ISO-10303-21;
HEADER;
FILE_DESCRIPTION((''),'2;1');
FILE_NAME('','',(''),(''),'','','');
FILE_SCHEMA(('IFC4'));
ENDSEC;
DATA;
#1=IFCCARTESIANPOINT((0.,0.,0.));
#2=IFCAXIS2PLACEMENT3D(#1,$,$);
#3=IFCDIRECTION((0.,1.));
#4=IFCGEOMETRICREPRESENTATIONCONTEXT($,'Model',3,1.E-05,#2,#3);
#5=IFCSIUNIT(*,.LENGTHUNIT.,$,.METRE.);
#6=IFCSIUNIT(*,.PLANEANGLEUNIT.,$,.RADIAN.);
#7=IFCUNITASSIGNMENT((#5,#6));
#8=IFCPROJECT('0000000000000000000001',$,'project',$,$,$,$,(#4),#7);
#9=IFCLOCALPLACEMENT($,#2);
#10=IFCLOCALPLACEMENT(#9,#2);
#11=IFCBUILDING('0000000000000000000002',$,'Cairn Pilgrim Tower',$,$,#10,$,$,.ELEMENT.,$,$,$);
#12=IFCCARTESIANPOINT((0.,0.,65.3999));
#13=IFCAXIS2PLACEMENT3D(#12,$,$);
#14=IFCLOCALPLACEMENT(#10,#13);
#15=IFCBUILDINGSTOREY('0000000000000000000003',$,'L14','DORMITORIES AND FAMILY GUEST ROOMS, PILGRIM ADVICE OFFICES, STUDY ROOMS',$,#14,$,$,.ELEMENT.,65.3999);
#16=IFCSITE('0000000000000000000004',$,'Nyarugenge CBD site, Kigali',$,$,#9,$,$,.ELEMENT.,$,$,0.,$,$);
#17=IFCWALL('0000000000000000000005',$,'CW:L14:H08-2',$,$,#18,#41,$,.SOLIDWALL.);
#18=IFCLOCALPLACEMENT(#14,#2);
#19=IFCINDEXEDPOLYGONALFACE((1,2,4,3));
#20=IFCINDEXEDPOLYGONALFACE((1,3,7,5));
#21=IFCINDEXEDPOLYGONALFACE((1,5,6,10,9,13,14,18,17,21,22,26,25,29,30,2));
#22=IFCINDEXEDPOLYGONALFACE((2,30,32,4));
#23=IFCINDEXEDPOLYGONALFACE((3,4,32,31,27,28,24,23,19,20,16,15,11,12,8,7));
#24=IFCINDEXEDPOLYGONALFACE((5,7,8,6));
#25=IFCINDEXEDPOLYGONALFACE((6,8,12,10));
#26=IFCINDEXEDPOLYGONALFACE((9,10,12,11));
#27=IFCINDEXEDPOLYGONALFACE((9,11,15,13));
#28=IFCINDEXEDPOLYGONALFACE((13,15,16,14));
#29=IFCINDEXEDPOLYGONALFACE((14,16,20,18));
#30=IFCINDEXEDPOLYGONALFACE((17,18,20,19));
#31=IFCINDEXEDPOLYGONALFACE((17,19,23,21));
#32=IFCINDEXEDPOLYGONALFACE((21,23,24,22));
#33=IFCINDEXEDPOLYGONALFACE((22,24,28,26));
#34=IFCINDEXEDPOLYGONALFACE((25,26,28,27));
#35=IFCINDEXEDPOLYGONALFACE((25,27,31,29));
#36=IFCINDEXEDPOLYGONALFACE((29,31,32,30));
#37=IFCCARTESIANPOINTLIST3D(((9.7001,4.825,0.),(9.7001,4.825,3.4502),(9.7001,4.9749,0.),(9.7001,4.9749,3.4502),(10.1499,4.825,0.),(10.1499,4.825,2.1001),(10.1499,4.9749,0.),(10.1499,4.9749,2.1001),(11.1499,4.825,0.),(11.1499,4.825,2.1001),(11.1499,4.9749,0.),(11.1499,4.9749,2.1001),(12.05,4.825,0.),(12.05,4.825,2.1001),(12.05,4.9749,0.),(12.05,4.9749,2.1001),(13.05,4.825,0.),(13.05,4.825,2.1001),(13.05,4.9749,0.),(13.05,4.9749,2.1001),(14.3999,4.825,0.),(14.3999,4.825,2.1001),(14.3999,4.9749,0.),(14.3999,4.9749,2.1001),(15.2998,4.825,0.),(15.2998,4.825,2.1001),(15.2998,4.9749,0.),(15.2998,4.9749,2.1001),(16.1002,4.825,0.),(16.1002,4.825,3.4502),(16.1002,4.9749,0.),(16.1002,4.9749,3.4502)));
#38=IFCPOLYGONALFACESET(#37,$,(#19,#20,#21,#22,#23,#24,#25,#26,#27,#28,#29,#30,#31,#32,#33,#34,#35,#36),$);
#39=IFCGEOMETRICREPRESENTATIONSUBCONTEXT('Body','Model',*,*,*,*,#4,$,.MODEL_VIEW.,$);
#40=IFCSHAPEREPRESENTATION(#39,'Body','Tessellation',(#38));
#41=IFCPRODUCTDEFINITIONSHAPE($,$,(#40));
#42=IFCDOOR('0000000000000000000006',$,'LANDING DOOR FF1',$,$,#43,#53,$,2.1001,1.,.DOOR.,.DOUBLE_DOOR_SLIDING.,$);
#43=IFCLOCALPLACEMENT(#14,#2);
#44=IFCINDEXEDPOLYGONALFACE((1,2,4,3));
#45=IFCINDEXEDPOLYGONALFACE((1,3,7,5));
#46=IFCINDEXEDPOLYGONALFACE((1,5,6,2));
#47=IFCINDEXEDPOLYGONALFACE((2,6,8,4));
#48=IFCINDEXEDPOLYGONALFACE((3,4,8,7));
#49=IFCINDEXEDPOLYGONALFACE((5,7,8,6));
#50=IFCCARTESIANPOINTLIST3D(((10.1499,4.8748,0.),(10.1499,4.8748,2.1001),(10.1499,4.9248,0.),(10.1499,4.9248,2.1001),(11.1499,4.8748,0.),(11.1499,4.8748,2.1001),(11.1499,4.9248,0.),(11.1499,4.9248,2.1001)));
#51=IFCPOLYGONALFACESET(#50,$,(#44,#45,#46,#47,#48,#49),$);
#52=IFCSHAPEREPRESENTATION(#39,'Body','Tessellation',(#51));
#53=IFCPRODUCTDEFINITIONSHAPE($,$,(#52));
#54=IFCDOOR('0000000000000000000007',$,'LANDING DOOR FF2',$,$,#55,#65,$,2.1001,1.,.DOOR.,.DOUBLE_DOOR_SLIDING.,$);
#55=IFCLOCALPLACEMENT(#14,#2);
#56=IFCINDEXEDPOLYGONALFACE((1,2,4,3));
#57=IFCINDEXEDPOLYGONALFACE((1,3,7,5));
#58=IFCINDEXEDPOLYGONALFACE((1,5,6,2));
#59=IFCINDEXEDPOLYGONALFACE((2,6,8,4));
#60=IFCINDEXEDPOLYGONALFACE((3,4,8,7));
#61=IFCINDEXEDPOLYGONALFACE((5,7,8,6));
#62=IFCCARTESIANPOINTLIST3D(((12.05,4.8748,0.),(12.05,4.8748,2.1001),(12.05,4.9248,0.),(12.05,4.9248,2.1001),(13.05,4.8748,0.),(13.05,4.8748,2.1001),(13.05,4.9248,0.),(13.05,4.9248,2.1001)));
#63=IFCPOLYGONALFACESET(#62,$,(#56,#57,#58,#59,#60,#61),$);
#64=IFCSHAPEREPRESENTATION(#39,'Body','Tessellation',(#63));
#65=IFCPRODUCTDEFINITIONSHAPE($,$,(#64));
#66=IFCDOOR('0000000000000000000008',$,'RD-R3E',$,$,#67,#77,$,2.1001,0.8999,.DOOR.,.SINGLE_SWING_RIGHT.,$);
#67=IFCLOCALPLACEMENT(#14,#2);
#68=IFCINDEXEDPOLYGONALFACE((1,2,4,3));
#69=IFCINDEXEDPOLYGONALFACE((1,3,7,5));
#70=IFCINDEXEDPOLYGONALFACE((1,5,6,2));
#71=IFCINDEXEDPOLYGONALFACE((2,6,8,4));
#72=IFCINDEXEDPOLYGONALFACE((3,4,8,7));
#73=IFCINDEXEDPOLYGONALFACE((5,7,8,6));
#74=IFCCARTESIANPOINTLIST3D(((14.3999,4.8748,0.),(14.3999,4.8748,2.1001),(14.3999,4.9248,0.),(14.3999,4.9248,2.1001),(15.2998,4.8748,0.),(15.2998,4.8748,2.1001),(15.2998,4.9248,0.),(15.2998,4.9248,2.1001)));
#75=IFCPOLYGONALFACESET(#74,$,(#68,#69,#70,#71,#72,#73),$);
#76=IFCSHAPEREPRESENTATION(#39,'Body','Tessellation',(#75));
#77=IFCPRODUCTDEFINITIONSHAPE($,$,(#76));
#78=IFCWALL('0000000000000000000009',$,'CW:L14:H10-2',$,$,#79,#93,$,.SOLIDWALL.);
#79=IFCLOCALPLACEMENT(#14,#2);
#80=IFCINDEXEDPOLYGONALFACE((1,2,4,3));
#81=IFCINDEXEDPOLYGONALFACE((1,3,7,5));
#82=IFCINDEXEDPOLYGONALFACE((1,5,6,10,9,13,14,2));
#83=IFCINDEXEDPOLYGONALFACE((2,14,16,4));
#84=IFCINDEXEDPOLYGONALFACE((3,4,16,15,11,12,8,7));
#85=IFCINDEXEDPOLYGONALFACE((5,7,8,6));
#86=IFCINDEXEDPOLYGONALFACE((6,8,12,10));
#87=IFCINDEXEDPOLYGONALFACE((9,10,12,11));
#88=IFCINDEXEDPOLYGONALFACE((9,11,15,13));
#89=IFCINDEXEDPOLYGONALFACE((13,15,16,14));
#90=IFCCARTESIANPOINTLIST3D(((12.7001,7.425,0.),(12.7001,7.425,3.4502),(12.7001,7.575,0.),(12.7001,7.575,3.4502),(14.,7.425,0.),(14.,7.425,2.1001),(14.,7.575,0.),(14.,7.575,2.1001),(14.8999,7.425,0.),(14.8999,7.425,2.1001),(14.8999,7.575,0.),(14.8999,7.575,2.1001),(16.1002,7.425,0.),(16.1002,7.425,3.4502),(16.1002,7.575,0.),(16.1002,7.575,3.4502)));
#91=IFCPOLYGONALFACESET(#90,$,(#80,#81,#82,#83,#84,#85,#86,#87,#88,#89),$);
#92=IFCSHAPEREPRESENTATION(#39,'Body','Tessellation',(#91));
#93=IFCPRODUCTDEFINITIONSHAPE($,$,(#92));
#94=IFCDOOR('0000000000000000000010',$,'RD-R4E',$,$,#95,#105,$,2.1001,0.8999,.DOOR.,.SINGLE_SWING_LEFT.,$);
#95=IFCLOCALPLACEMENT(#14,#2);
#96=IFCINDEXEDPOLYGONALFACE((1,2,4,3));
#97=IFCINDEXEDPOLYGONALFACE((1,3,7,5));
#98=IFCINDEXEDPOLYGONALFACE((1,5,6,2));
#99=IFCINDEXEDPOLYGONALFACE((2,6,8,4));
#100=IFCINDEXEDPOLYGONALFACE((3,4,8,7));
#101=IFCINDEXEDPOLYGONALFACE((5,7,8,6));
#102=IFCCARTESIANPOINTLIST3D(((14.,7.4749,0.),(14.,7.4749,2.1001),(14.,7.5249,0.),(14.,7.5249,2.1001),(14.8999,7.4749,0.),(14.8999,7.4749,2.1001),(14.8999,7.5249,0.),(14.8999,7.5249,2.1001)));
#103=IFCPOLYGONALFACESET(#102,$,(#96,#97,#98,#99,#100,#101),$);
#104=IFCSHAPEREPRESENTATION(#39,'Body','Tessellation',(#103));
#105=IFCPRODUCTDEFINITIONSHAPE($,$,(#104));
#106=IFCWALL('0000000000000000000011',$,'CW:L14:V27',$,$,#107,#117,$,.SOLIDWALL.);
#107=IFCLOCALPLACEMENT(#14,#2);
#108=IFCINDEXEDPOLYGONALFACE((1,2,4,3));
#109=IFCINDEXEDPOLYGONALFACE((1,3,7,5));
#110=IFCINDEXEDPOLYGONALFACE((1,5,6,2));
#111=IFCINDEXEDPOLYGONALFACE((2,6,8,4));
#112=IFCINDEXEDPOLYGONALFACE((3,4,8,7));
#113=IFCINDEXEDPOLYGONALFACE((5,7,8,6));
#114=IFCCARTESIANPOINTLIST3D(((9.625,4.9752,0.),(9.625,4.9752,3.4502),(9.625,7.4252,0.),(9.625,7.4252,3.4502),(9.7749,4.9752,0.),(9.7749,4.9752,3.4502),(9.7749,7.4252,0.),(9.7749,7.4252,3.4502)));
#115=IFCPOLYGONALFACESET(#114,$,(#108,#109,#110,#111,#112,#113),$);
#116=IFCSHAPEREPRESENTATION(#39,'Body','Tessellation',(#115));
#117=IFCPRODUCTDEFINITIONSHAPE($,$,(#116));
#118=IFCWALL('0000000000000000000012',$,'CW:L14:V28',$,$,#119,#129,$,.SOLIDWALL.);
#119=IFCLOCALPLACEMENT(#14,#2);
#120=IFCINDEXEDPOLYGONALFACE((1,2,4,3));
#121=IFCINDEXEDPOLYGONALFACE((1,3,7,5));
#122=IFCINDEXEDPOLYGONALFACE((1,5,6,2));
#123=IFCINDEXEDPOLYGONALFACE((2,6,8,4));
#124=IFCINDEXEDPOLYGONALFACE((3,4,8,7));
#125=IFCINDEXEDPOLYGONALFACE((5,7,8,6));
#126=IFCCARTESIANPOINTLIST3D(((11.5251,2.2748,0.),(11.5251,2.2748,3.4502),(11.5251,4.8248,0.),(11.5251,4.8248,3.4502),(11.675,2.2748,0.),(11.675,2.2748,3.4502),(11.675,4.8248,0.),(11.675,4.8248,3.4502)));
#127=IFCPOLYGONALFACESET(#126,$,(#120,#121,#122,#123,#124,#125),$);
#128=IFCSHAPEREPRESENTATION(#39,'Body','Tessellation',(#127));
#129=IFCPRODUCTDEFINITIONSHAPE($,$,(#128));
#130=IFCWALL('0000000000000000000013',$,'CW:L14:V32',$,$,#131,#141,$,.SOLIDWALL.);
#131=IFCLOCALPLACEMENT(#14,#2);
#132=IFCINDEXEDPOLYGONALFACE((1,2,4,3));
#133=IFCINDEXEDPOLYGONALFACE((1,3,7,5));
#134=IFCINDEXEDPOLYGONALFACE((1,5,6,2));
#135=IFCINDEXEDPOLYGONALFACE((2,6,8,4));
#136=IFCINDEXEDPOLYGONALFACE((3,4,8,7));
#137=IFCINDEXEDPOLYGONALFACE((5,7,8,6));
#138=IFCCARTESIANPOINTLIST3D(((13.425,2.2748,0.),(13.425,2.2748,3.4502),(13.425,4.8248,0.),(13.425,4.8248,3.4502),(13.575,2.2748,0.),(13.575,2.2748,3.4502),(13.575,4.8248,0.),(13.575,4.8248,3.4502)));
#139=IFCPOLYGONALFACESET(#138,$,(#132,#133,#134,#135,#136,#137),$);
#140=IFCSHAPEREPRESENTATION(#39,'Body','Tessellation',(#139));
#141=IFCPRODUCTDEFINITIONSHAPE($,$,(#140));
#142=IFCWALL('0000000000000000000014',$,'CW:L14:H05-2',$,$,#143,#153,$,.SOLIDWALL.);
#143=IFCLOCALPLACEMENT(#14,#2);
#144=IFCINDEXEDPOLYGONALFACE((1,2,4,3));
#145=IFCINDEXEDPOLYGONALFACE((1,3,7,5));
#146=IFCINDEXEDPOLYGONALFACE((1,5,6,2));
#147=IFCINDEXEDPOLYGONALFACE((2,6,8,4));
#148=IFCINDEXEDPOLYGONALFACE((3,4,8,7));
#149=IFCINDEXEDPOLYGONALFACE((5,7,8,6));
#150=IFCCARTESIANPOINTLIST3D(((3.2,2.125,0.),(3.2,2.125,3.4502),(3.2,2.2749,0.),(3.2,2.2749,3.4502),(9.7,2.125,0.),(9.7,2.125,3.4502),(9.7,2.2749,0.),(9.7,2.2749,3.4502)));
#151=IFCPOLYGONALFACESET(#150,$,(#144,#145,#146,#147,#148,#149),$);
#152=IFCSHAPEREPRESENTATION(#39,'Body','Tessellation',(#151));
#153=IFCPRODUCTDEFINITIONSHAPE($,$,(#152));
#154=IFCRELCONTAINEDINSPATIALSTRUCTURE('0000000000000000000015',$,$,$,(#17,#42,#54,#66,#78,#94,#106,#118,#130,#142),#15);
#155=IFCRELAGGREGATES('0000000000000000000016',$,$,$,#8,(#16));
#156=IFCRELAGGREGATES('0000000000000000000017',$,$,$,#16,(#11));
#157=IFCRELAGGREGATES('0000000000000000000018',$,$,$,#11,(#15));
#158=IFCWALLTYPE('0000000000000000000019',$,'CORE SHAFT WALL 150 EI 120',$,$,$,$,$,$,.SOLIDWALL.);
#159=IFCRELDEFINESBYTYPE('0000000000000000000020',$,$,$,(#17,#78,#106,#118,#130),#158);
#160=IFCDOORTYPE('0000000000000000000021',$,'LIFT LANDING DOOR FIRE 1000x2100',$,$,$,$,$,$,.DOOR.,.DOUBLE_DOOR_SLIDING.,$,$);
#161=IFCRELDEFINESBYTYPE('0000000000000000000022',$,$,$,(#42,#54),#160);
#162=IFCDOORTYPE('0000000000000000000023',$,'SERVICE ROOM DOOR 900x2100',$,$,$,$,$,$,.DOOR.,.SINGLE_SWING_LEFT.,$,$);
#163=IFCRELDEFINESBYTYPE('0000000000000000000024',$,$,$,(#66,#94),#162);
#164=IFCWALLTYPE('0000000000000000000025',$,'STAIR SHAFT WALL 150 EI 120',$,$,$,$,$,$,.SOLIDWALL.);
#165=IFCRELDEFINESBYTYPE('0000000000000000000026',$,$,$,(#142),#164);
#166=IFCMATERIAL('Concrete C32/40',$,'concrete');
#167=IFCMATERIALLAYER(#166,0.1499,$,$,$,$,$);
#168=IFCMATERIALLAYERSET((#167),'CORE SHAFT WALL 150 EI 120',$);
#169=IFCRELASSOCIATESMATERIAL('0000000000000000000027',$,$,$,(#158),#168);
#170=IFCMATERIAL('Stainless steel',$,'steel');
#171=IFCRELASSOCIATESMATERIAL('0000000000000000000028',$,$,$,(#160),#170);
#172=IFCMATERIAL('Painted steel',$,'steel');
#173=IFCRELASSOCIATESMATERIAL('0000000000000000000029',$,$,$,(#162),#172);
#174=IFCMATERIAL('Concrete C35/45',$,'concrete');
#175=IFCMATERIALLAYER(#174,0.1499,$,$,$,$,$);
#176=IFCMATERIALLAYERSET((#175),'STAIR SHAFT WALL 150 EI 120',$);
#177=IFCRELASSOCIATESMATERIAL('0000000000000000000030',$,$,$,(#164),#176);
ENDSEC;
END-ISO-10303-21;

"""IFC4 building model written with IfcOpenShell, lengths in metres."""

from ifc_helpers import new_model, si_unit, direction, frame, frame_2d, origin, place, context, subcontext, project, spatial, rectangle, extrude, material, layer, layer_set, type_object, element, fill, save


model = new_model("IFC4")

# Units and contexts
model_context = context("Model", 3, precision=1e-05, world=origin(), true_north=direction((0.0, 1.0)))
body_context = subcontext(model_context, "Body", "Model", "MODEL_VIEW")
ifc_project = project(units=[si_unit("LENGTHUNIT", "METRE"), si_unit("PLANEANGLEUNIT", "RADIAN")], contexts=[model_context])

# Site, building, storey
site_placement = place(None, origin())
site = spatial("IfcSite", under=ifc_project, at=site_placement, Name="Nyarugenge CBD site, Kigali", CompositionType="ELEMENT", RefElevation=0.0)
building_placement = place(site_placement, origin())
building = spatial("IfcBuilding", under=site, at=building_placement, Name="Cairn Pilgrim Tower", CompositionType="ELEMENT")
storey_placement = place(building_placement, frame((0.0, 0.0, 65.3999)))
storey = spatial("IfcBuildingStorey", under=building, at=storey_placement, Name="L14", Description="DORMITORIES AND FAMILY GUEST ROOMS, PILGRIM ADVICE OFFICES, STUDY ROOMS", CompositionType="ELEMENT", Elevation=65.3999)

# Shared definitions
ifc_material_1 = material(Name="Concrete C32/40", Category="concrete")
ifc_layer_1 = layer(ifc_material_1, 0.1499)
ifc_layer_set_1 = layer_set([ifc_layer_1], Name="CORE SHAFT WALL 150 EI 120")
wall_type_1 = type_object("IfcWallType", Name="CORE SHAFT WALL 150 EI 120", PredefinedType="SOLIDWALL", material=ifc_layer_set_1)

# Wall, openings, doors
wall_1_placement = place(storey_placement, frame((9.7, 4.8999, 0.0), z_axis=(0.0, 0.0, 1.0), x_axis=(1.0, 0.0, 0.0)))
wall_1 = element("IfcWall", 1, at=wall_1_placement, inside=storey, type_object=wall_type_1, Name="CW:L14:H08-2", PredefinedType="SOLIDWALL", context=body_context, shape_type="SweptSolid", body=[
    extrude(rectangle(XDim=6.4001, YDim=0.1499, at=frame_2d((3.2002, 0.0))), origin(), (0.0, 0.0, 1.0), 3.4502),
])
opening_1_placement = place(wall_1_placement, frame((0.45, 0.0, 0.0)))
opening_1 = element("IfcOpeningElement", 2, at=opening_1_placement, cuts=wall_1, PredefinedType="OPENING", context=body_context, shape_type="SweptSolid", body=[
    extrude(rectangle(XDim=1.0, YDim=2.1001, at=frame_2d((0.5, 1.05))), frame((0.0, 0.085, 0.0), z_axis=(0.0, -1.0, 0.0), x_axis=(1.0, 0.0, 0.0)), (0.0, 0.0, 1.0), 0.1699),
])
opening_2_placement = place(wall_1_placement, frame((2.3501, 0.0, 0.0)))
opening_2 = element("IfcOpeningElement", 3, at=opening_2_placement, cuts=wall_1, PredefinedType="OPENING", context=body_context, shape_type="SweptSolid", body=[
    extrude(rectangle(XDim=1.0, YDim=2.1001, at=frame_2d((0.5, 1.05))), frame((0.0, 0.085, 0.0), z_axis=(0.0, -1.0, 0.0), x_axis=(1.0, 0.0, 0.0)), (0.0, 0.0, 1.0), 0.1699),
])
opening_3_placement = place(wall_1_placement, frame((4.7, 0.0, 0.0)))
opening_3 = element("IfcOpeningElement", 4, at=opening_3_placement, cuts=wall_1, PredefinedType="OPENING", context=body_context, shape_type="SweptSolid", body=[
    extrude(rectangle(XDim=0.8999, YDim=2.1001, at=frame_2d((0.45, 1.05))), frame((0.0, 0.085, 0.0), z_axis=(0.0, -1.0, 0.0), x_axis=(1.0, 0.0, 0.0)), (0.0, 0.0, 1.0), 0.1699),
])
ifc_material_2 = material(Name="Stainless steel", Category="steel")
door_type_1 = type_object("IfcDoorType", Name="LIFT LANDING DOOR FIRE 1000x2100", OperationType="DOUBLE_DOOR_SLIDING", PredefinedType="DOOR", material=ifc_material_2)
door_1_placement = place(opening_1_placement, origin())
door_1 = element("IfcDoor", 5, at=door_1_placement, inside=storey, type_object=door_type_1, Name="LANDING DOOR FF1", OperationType="DOUBLE_DOOR_SLIDING", OverallHeight=2.1001, OverallWidth=1.0, PredefinedType="DOOR", context=body_context, shape_type="SweptSolid", body=[
    extrude(rectangle(XDim=1.0, YDim=2.1001, at=frame_2d((0.5, 1.05))), frame((0.0, 0.0249, 0.0), z_axis=(0.0, -1.0, 0.0), x_axis=(1.0, 0.0, 0.0)), (0.0, 0.0, 1.0), 0.05),
])
fill(opening_1, door_1)
door_2_placement = place(opening_2_placement, origin())
door_2 = element("IfcDoor", 6, at=door_2_placement, inside=storey, type_object=door_type_1, Name="LANDING DOOR FF2", OperationType="DOUBLE_DOOR_SLIDING", OverallHeight=2.1001, OverallWidth=1.0, PredefinedType="DOOR", context=body_context, shape_type="SweptSolid", body=[
    extrude(rectangle(XDim=1.0, YDim=2.1001, at=frame_2d((0.5, 1.05))), frame((0.0, 0.0249, 0.0), z_axis=(0.0, -1.0, 0.0), x_axis=(1.0, 0.0, 0.0)), (0.0, 0.0, 1.0), 0.05),
])
fill(opening_2, door_2)
ifc_material_3 = material(Name="Painted steel", Category="steel")
door_type_2 = type_object("IfcDoorType", Name="SERVICE ROOM DOOR 900x2100", OperationType="SINGLE_SWING_LEFT", PredefinedType="DOOR", material=ifc_material_3)
door_3_placement = place(opening_3_placement, origin())
door_3 = element("IfcDoor", 7, at=door_3_placement, inside=storey, type_object=door_type_2, Name="RD-R3E", OperationType="SINGLE_SWING_RIGHT", OverallHeight=2.1001, OverallWidth=0.8999, PredefinedType="DOOR", context=body_context, shape_type="SweptSolid", body=[
    extrude(rectangle(XDim=0.8999, YDim=2.1001, at=frame_2d((0.45, 1.05))), frame((0.0, 0.0249, 0.0), z_axis=(0.0, -1.0, 0.0), x_axis=(1.0, 0.0, 0.0)), (0.0, 0.0, 1.0), 0.05),
])
fill(opening_3, door_3)

# Wall, opening, door
wall_2_placement = place(storey_placement, frame((12.7, 7.5, 0.0), z_axis=(0.0, 0.0, 1.0), x_axis=(1.0, 0.0, 0.0)))
wall_2 = element("IfcWall", 8, at=wall_2_placement, inside=storey, type_object=wall_type_1, Name="CW:L14:H10-2", PredefinedType="SOLIDWALL", context=body_context, shape_type="SweptSolid", body=[
    extrude(rectangle(XDim=3.4001, YDim=0.1499, at=frame_2d((1.7002, 0.0))), origin(), (0.0, 0.0, 1.0), 3.4502),
])
opening_4_placement = place(wall_2_placement, frame((1.3, 0.0, 0.0)))
opening_4 = element("IfcOpeningElement", 9, at=opening_4_placement, cuts=wall_2, PredefinedType="OPENING", context=body_context, shape_type="SweptSolid", body=[
    extrude(rectangle(XDim=0.8999, YDim=2.1001, at=frame_2d((0.45, 1.05))), frame((0.0, 0.085, 0.0), z_axis=(0.0, -1.0, 0.0), x_axis=(1.0, 0.0, 0.0)), (0.0, 0.0, 1.0), 0.1699),
])
door_4_placement = place(opening_4_placement, origin())
door_4 = element("IfcDoor", 10, at=door_4_placement, inside=storey, type_object=door_type_2, Name="RD-R4E", OperationType="SINGLE_SWING_LEFT", OverallHeight=2.1001, OverallWidth=0.8999, PredefinedType="DOOR", context=body_context, shape_type="SweptSolid", body=[
    extrude(rectangle(XDim=0.8999, YDim=2.1001, at=frame_2d((0.45, 1.05))), frame((0.0, 0.0249, 0.0), z_axis=(0.0, -1.0, 0.0), x_axis=(1.0, 0.0, 0.0)), (0.0, 0.0, 1.0), 0.05),
])
fill(opening_4, door_4)

# Walls
wall_3_placement = place(storey_placement, frame((9.7, 4.9751, 0.0), z_axis=(0.0, 0.0, 1.0), x_axis=(0.0, 1.0, 0.0)))
element("IfcWall", 11, at=wall_3_placement, inside=storey, type_object=wall_type_1, Name="CW:L14:V27", PredefinedType="SOLIDWALL", context=body_context, shape_type="SweptSolid", body=[
    extrude(rectangle(XDim=2.45, YDim=0.1499, at=frame_2d((1.2251, 0.0))), origin(), (0.0, 0.0, 1.0), 3.4502),
])
for number, where, z_axis, x_axis, name in (
    (12, (11.6001, 2.2749, 0.0), (0.0, 0.0, 1.0), (0.0, 1.0, 0.0), "CW:L14:V28"),
    (13, (13.5, 2.2749, 0.0), (0.0, 0.0, 1.0), (0.0, 1.0, 0.0), "CW:L14:V32"),
):
    element("IfcWall", number, at=place(storey_placement, frame(where, z_axis=z_axis, x_axis=x_axis)), inside=storey, type_object=wall_type_1, Name=name, PredefinedType="SOLIDWALL", context=body_context, shape_type="SweptSolid", body=[
        extrude(rectangle(XDim=2.55, YDim=0.1499, at=frame_2d((1.2749, 0.0))), origin(), (0.0, 0.0, 1.0), 3.4502),
    ])
ifc_material_4 = material(Name="Concrete C35/45", Category="concrete")
ifc_layer_2 = layer(ifc_material_4, 0.1499)
ifc_layer_set_2 = layer_set([ifc_layer_2], Name="STAIR SHAFT WALL 150 EI 120")
wall_type_2 = type_object("IfcWallType", Name="STAIR SHAFT WALL 150 EI 120", PredefinedType="SOLIDWALL", material=ifc_layer_set_2)
wall_4_placement = place(storey_placement, frame((3.2, 2.2, 0.0), z_axis=(0.0, 0.0, 1.0), x_axis=(1.0, 0.0, 0.0)))
element("IfcWall", 14, at=wall_4_placement, inside=storey, type_object=wall_type_2, Name="CW:L14:H05-2", PredefinedType="SOLIDWALL", context=body_context, shape_type="SweptSolid", body=[
    extrude(rectangle(XDim=6.5, YDim=0.1499, at=frame_2d((3.25, 0.0))), origin(), (0.0, 0.0, 1.0), 3.4502),
])

save(model, "model.ifc")
